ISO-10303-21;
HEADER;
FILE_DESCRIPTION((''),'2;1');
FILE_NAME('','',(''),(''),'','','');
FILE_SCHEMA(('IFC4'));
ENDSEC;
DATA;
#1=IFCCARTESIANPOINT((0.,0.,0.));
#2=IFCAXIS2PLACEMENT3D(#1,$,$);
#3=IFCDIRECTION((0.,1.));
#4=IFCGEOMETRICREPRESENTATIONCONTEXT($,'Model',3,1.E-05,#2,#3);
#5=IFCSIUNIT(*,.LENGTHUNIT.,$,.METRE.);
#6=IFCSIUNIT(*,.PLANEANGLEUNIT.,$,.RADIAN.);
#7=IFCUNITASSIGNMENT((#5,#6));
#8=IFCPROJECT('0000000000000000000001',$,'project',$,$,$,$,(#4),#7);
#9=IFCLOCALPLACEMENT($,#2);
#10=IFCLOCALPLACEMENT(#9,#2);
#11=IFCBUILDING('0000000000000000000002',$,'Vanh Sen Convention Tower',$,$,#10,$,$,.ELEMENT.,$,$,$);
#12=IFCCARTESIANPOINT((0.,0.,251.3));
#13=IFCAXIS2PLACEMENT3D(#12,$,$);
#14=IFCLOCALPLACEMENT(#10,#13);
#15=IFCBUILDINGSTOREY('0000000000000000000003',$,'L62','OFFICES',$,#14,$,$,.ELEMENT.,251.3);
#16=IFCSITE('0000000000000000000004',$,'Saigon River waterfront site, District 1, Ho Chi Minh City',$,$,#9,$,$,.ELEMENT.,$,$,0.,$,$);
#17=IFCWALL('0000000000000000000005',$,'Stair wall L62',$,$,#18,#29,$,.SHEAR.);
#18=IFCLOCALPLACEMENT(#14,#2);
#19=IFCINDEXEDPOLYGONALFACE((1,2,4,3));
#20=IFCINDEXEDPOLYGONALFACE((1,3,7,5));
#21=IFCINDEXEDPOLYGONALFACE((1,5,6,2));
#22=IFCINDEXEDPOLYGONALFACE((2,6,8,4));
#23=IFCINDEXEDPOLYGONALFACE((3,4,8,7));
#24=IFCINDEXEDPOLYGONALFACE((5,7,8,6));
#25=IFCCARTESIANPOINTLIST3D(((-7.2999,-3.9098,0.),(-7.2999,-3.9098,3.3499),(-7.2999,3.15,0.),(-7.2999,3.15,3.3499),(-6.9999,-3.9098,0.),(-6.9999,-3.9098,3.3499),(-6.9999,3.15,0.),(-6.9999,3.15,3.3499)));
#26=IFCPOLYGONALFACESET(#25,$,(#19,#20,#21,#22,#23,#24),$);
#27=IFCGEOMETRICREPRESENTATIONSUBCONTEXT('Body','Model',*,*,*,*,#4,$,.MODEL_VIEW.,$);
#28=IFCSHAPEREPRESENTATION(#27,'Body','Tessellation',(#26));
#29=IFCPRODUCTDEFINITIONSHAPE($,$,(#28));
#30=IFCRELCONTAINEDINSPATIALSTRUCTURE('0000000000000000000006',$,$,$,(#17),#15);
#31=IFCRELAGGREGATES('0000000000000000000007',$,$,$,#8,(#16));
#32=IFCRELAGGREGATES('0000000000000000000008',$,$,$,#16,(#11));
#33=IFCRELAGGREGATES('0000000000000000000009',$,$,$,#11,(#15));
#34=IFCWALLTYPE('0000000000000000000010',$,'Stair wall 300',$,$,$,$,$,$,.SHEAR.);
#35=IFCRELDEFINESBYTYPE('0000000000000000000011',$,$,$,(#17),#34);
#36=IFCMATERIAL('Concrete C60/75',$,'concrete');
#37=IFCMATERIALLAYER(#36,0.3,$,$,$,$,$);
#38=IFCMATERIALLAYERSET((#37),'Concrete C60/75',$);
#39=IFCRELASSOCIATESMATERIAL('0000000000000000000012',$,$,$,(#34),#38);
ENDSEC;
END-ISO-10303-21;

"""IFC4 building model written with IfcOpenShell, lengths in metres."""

from ifc_helpers import new_model, si_unit, direction, frame, frame_2d, origin, place, context, subcontext, project, spatial, rectangle, extrude, material, layer, layer_set, type_object, element, save


model = new_model("IFC4")

# Units and contexts
model_context = context("Model", 3, precision=1e-05, world=origin(), true_north=direction((0.0, 1.0)))
body_context = subcontext(model_context, "Body", "Model", "MODEL_VIEW")
ifc_project = project(units=[si_unit("LENGTHUNIT", "METRE"), si_unit("PLANEANGLEUNIT", "RADIAN")], contexts=[model_context])

# Site, building, storey
site_placement = place(None, origin())
site = spatial("IfcSite", under=ifc_project, at=site_placement, Name="Saigon River waterfront site, District 1, Ho Chi Minh City", CompositionType="ELEMENT", RefElevation=0.0)
building_placement = place(site_placement, origin())
building = spatial("IfcBuilding", under=site, at=building_placement, Name="Vanh Sen Convention Tower", CompositionType="ELEMENT")
storey_placement = place(building_placement, frame((0.0, 0.0, 251.3)))
storey = spatial("IfcBuildingStorey", under=building, at=storey_placement, Name="L62", Description="OFFICES", CompositionType="ELEMENT", Elevation=251.3)

# Shared definitions
ifc_material_1 = material(Name="Concrete C60/75", Category="concrete")

# Shared definitions
ifc_layer_1 = layer(ifc_material_1, 0.3)
ifc_layer_set_1 = layer_set([ifc_layer_1], Name="Concrete C60/75")
wall_type_1 = type_object("IfcWallType", Name="Stair wall 300", PredefinedType="SHEAR", material=ifc_layer_set_1)

# Wall
for number, where, z_axis, x_axis, name in (
    (1, (-7.1499, 3.1499, 0.0), (0.0, 0.0, 1.0), (0.0, -1.0, 0.0), "Stair wall L62"),
):
    element("IfcWall", number, at=place(storey_placement, frame(where, z_axis=z_axis, x_axis=x_axis)), inside=storey, type_object=wall_type_1, Name=name, PredefinedType="SHEAR", context=body_context, shape_type="SweptSolid", body=[
        extrude(rectangle(XDim=7.0598, YDim=0.3, at=frame_2d((3.5298, 0.0))), origin(), (0.0, 0.0, 1.0), 3.3499),
    ])

save(model, "model.ifc")
